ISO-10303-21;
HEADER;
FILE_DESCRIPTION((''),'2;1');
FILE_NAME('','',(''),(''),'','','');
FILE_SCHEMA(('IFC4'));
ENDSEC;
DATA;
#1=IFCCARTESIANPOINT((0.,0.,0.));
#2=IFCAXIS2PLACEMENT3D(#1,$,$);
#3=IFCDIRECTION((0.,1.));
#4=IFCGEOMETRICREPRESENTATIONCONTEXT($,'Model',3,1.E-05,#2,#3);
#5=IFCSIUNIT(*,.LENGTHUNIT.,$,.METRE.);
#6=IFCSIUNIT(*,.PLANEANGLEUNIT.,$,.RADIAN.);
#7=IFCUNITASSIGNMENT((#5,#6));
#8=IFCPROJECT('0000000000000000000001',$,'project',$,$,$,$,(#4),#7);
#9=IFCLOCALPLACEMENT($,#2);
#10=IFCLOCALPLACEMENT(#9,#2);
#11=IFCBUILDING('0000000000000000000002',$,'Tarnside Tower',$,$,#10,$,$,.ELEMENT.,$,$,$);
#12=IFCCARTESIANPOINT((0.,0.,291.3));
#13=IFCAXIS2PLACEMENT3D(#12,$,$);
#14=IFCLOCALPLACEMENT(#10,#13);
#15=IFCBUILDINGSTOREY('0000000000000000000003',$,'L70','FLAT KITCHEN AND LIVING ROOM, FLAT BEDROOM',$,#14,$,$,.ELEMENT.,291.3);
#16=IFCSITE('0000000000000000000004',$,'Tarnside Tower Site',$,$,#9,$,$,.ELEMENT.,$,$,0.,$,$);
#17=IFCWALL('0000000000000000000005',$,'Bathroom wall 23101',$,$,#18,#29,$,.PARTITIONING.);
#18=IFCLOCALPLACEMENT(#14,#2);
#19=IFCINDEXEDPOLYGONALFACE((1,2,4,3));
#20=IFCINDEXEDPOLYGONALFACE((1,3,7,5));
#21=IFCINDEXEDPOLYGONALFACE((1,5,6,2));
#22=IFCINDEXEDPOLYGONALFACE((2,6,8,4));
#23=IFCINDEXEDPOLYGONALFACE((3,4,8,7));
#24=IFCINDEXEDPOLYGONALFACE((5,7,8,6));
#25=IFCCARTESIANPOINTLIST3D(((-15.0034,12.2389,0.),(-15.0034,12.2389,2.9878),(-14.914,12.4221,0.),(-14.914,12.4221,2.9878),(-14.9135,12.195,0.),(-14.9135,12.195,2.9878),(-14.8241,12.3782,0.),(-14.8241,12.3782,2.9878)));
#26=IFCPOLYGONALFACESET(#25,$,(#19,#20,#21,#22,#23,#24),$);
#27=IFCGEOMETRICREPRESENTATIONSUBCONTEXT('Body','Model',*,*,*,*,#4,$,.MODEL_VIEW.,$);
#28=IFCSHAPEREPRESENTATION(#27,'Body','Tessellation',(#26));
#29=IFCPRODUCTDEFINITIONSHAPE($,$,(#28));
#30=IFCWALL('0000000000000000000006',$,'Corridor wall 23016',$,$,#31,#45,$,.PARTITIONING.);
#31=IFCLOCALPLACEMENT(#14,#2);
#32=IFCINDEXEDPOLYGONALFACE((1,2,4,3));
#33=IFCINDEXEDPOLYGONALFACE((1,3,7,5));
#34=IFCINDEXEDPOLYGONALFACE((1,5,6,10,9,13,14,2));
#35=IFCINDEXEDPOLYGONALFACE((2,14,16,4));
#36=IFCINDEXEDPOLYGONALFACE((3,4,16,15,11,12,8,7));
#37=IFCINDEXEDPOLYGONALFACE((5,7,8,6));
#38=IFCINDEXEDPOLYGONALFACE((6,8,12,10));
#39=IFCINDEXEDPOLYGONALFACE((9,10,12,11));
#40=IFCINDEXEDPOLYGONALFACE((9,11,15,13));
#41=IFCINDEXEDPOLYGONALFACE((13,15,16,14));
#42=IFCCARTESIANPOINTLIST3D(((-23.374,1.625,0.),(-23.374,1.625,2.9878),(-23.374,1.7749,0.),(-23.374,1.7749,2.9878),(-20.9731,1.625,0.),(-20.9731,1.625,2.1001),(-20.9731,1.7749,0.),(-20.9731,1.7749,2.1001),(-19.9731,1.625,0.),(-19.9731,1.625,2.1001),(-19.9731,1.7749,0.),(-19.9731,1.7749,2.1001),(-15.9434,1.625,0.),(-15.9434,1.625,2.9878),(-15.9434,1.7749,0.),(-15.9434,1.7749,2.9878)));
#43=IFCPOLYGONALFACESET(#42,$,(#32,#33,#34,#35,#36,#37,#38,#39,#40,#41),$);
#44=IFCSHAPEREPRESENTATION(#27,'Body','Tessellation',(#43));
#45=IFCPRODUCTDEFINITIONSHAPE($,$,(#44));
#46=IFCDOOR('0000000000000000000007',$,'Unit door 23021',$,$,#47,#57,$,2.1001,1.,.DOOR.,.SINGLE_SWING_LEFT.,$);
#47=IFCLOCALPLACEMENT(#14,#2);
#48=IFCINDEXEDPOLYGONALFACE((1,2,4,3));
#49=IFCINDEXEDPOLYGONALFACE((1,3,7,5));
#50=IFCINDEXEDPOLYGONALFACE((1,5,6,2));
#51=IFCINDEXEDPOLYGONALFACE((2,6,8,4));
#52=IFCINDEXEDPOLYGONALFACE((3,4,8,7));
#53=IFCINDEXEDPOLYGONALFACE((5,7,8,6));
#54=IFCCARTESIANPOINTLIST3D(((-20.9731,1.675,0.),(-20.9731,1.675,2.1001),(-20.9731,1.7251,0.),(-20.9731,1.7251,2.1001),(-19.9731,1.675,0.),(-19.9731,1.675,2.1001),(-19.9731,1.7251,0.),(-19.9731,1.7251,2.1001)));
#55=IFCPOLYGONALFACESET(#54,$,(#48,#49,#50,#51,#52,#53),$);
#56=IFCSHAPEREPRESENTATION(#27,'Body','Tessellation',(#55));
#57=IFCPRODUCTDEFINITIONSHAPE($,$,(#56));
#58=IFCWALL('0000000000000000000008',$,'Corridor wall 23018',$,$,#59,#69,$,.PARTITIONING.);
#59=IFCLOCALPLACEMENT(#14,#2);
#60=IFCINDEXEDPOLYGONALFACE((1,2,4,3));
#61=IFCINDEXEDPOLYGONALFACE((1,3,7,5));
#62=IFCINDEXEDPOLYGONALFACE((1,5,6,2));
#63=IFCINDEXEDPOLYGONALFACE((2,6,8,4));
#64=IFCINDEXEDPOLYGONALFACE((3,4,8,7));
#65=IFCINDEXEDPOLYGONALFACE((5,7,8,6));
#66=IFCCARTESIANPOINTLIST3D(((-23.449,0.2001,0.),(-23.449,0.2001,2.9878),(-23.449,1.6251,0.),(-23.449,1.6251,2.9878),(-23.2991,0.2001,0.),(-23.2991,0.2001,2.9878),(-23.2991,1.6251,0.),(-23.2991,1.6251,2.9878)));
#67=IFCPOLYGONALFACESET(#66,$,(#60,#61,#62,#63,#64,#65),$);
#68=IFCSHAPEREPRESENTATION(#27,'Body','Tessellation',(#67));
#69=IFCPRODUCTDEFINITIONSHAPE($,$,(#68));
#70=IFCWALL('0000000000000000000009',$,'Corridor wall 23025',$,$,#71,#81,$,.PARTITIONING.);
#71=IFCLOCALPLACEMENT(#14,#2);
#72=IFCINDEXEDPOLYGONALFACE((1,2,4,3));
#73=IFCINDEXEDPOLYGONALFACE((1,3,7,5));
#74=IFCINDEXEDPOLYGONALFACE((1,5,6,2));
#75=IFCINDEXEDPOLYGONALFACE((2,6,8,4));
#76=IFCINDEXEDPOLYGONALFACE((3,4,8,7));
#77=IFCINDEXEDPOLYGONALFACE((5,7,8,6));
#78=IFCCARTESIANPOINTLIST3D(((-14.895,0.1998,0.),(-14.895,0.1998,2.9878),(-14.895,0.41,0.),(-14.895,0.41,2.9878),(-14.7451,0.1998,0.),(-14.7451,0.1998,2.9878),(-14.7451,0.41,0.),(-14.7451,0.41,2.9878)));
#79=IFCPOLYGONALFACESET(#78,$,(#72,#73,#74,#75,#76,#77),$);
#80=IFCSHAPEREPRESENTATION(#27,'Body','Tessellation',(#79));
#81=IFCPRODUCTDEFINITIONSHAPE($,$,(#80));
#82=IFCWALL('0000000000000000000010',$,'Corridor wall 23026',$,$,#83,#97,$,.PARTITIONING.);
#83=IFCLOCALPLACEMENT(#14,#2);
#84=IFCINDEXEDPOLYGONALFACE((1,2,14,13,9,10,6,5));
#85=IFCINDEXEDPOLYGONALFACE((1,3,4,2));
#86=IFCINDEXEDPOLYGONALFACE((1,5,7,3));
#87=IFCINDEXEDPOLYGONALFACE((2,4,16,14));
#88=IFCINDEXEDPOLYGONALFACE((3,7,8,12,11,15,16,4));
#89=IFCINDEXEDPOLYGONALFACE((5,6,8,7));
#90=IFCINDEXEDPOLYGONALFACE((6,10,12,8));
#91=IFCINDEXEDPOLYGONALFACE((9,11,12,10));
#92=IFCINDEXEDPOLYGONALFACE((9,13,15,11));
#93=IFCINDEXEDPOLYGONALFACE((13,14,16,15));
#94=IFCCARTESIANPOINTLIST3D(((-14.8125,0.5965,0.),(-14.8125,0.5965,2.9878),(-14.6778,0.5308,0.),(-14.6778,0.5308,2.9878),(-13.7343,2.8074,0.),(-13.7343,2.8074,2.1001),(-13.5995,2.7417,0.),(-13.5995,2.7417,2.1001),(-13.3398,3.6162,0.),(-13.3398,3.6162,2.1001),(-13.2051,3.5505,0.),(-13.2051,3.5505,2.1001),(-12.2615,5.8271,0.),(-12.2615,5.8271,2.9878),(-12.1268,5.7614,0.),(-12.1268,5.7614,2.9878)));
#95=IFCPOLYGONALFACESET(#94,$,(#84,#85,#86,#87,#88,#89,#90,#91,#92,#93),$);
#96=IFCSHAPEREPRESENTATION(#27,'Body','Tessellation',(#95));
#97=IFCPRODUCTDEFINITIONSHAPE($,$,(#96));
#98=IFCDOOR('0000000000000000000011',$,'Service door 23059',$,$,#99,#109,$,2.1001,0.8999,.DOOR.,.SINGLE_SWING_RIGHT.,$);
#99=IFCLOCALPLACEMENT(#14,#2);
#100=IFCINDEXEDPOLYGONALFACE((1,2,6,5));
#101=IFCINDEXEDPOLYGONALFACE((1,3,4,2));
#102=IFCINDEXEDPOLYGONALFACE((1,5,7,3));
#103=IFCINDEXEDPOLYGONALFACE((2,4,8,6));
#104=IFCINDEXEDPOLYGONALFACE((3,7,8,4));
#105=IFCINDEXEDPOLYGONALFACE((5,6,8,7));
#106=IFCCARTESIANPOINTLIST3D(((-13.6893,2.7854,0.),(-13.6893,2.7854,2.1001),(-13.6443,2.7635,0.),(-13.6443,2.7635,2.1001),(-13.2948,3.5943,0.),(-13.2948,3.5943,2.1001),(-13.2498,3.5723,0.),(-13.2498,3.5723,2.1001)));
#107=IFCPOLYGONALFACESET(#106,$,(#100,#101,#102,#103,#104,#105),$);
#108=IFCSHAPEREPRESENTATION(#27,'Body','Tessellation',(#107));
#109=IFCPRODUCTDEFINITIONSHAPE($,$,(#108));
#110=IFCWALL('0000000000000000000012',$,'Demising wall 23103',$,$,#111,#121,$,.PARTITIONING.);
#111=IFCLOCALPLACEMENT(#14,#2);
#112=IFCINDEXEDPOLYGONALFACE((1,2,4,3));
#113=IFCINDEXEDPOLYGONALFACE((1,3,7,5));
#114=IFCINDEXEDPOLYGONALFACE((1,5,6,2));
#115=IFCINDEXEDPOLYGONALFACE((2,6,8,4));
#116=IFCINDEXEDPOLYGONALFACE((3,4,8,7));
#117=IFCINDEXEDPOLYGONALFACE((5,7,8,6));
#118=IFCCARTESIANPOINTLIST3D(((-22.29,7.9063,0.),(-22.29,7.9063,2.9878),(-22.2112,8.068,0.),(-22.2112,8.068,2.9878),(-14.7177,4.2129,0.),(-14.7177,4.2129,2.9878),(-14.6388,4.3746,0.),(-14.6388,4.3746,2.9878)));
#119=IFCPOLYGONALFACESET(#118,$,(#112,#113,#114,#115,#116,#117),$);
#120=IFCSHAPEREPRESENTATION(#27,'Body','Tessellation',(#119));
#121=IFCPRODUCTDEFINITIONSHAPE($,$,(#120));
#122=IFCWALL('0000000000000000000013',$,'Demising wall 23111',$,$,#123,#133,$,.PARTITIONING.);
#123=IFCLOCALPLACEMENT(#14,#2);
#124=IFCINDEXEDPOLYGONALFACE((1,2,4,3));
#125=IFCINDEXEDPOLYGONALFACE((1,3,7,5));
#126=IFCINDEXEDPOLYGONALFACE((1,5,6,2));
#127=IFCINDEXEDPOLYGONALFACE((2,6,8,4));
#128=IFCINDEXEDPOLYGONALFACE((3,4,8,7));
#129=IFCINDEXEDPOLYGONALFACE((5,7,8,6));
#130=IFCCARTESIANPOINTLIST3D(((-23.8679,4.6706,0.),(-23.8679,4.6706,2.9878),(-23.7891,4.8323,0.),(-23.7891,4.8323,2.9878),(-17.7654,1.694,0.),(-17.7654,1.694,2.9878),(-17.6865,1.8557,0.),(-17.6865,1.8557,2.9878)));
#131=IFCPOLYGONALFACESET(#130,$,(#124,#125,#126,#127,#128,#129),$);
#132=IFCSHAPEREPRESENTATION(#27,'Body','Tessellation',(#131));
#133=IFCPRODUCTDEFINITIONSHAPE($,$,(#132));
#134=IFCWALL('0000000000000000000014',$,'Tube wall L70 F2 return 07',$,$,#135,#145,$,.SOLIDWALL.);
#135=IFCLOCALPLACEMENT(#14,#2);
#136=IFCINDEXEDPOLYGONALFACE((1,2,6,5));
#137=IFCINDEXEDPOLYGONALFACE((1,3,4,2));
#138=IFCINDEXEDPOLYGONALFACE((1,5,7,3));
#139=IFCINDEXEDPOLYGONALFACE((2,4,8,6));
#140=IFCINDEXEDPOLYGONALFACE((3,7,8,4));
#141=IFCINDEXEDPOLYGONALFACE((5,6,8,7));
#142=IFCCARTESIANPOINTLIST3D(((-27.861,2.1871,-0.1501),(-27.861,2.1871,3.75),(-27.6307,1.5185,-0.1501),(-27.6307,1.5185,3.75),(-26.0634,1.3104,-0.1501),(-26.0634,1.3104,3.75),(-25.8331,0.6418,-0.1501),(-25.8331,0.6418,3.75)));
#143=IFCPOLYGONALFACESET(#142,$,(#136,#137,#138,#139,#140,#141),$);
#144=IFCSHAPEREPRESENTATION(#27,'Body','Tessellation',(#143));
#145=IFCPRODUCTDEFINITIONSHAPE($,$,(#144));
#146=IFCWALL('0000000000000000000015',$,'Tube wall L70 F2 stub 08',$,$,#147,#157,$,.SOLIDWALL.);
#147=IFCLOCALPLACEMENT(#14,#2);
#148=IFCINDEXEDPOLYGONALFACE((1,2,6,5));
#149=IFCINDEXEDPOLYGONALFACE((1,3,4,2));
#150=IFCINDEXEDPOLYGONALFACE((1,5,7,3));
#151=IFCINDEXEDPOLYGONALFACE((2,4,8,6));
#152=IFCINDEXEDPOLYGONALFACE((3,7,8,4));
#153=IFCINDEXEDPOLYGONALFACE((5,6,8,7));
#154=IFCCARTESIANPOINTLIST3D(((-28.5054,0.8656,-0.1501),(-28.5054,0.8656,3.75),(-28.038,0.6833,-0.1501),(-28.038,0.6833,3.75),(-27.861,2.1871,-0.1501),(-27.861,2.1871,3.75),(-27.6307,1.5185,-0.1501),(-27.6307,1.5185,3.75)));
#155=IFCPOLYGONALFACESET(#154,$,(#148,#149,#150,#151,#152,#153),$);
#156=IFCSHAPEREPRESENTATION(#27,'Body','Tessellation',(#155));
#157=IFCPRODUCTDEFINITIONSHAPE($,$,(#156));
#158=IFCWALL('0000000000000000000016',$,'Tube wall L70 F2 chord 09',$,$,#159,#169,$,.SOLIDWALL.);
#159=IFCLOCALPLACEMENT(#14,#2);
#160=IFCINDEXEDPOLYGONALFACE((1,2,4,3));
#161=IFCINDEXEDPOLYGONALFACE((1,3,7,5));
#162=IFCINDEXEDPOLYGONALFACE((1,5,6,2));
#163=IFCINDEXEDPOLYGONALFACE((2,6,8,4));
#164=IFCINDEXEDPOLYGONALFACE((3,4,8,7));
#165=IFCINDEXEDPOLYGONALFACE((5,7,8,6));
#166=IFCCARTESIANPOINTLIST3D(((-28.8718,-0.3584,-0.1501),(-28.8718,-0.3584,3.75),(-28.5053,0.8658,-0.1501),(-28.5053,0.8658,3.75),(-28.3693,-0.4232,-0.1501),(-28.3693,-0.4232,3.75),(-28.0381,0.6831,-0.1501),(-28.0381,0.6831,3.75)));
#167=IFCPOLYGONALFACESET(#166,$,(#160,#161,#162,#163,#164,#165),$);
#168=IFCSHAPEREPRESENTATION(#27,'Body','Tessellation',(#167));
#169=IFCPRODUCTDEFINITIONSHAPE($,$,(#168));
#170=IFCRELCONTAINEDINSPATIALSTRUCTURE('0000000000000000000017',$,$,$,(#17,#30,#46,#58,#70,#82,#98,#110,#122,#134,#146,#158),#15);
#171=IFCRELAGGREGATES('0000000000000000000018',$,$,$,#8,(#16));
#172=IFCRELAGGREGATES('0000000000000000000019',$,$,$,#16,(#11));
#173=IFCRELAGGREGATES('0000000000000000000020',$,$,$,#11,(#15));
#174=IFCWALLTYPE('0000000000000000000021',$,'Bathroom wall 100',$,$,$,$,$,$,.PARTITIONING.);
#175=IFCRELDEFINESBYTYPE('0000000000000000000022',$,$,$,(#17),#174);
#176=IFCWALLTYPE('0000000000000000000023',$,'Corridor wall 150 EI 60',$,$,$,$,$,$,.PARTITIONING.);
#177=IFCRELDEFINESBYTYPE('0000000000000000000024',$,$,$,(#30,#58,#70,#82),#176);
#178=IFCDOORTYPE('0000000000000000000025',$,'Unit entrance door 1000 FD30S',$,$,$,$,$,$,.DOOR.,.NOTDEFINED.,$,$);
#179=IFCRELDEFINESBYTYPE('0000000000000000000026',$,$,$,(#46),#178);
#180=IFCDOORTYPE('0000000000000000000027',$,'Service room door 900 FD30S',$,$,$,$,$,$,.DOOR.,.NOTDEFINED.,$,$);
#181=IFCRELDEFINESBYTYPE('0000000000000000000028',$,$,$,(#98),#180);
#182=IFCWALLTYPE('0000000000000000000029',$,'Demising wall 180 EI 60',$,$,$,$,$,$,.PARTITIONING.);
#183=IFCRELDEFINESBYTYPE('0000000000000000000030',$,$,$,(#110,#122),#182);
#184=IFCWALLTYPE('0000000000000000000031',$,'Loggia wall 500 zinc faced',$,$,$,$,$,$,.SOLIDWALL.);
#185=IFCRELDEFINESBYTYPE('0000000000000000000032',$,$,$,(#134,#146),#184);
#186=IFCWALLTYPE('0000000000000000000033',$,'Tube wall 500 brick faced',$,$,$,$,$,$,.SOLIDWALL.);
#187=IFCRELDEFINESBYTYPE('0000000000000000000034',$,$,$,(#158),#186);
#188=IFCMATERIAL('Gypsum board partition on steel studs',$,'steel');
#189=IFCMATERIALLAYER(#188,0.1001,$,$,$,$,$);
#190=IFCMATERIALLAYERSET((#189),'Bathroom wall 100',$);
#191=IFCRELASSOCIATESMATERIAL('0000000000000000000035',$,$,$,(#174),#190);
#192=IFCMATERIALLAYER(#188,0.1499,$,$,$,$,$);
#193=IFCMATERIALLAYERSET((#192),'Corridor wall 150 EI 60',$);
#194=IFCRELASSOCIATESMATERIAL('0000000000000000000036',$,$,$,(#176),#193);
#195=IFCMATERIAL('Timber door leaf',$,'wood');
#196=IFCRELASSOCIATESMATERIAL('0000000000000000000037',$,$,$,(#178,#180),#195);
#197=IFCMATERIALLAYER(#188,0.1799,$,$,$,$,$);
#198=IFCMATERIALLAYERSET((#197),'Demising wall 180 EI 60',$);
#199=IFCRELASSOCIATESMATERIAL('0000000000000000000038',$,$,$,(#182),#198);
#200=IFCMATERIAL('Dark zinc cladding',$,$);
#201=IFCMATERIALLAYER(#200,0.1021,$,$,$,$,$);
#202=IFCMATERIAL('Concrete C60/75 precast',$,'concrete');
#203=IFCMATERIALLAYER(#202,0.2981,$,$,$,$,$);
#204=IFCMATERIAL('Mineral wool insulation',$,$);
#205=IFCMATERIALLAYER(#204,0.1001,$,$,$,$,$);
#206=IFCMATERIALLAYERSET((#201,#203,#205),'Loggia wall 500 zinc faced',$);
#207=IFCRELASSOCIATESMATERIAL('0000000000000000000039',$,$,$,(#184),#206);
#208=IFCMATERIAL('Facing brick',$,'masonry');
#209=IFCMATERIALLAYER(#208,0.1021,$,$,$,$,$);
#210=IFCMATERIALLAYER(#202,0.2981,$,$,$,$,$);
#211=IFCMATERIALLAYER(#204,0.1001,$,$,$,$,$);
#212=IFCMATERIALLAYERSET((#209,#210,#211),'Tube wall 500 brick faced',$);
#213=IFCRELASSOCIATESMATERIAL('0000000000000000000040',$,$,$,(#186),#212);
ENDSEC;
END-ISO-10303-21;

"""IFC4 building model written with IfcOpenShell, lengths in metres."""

from ifc_helpers import new_model, si_unit, direction, frame, frame_2d, origin, place, context, subcontext, project, spatial, polyline, rectangle, outline, extrude, material, layer, layer_set, type_object, element, fill, save


model = new_model("IFC4")

# Units and contexts
model_context = context("Model", 3, precision=1e-05, world=origin(), true_north=direction((0.0, 1.0)))
body_context = subcontext(model_context, "Body", "Model", "MODEL_VIEW")
ifc_project = project(units=[si_unit("LENGTHUNIT", "METRE"), si_unit("PLANEANGLEUNIT", "RADIAN")], contexts=[model_context])

# Site, building, storey
site_placement = place(None, origin())
site = spatial("IfcSite", under=ifc_project, at=site_placement, Name="Tarnside Tower Site", CompositionType="ELEMENT", RefElevation=0.0)
building_placement = place(site_placement, origin())
building = spatial("IfcBuilding", under=site, at=building_placement, Name="Tarnside Tower", CompositionType="ELEMENT")
storey_placement = place(building_placement, frame((0.0, 0.0, 291.3)))
storey = spatial("IfcBuildingStorey", under=building, at=storey_placement, Name="L70", Description="FLAT KITCHEN AND LIVING ROOM, FLAT BEDROOM", CompositionType="ELEMENT", Elevation=291.3)

# Wall
ifc_material_1 = material(Name="Gypsum board partition on steel studs", Category="steel")
ifc_layer_1 = layer(ifc_material_1, 0.1001)
ifc_layer_set_1 = layer_set([ifc_layer_1], Name="Bathroom wall 100")
wall_type_1 = type_object("IfcWallType", Name="Bathroom wall 100", PredefinedType="PARTITIONING", material=ifc_layer_set_1)
wall_1_placement = place(storey_placement, frame((-14.9585, 12.2168, 0.0), z_axis=(0.0, 0.0, 1.0), x_axis=(0.438565, 0.898699, 0.0)))
element("IfcWall", 1, at=wall_1_placement, inside=storey, type_object=wall_type_1, Name="Bathroom wall 23101", PredefinedType="PARTITIONING", context=body_context, shape_type="SweptSolid", body=[
    extrude(rectangle(XDim=0.2039, YDim=0.1001, at=frame_2d((0.1021, 0.0))), origin(), (0.0, 0.0, 1.0), 2.9878),
])

# Wall, opening, door
ifc_layer_2 = layer(ifc_material_1, 0.1499)
ifc_layer_set_2 = layer_set([ifc_layer_2], Name="Corridor wall 150 EI 60")
wall_type_2 = type_object("IfcWallType", Name="Corridor wall 150 EI 60", PredefinedType="PARTITIONING", material=ifc_layer_set_2)
wall_2_placement = place(storey_placement, frame((-15.9434, 1.7, 0.0), z_axis=(0.0, 0.0, 1.0), x_axis=(-1.0, 0.0, 0.0)))
wall_2 = element("IfcWall", 2, at=wall_2_placement, inside=storey, type_object=wall_type_2, Name="Corridor wall 23016", PredefinedType="PARTITIONING", context=body_context, shape_type="SweptSolid", body=[
    extrude(rectangle(XDim=7.4307, YDim=0.1499, at=frame_2d((3.7153, 0.0))), origin(), (0.0, 0.0, 1.0), 2.9878),
])
opening_1_placement = place(wall_2_placement, frame((4.0298, 0.0, 0.0)))
opening_1 = element("IfcOpeningElement", 3, at=opening_1_placement, cuts=wall_2, PredefinedType="OPENING", context=body_context, shape_type="SweptSolid", body=[
    extrude(rectangle(XDim=1.0, YDim=2.1001, at=frame_2d((0.5, 1.05))), frame((0.0, 0.085, 0.0), z_axis=(0.0, -1.0, 0.0), x_axis=(1.0, 0.0, 0.0)), (0.0, 0.0, 1.0), 0.1699),
])
ifc_material_2 = material(Name="Timber door leaf", Category="wood")
door_type_1 = type_object("IfcDoorType", Name="Unit entrance door 1000 FD30S", OperationType="NOTDEFINED", PredefinedType="DOOR", material=ifc_material_2)
door_1_placement = place(opening_1_placement, origin())
door_1 = element("IfcDoor", 4, at=door_1_placement, inside=storey, type_object=door_type_1, Name="Unit door 23021", OperationType="SINGLE_SWING_LEFT", OverallHeight=2.1001, OverallWidth=1.0, PredefinedType="DOOR", context=body_context, shape_type="SweptSolid", body=[
    extrude(rectangle(XDim=1.0, YDim=2.1001, at=frame_2d((0.5, 1.05))), frame((0.0, 0.0249, 0.0), z_axis=(0.0, -1.0, 0.0), x_axis=(1.0, 0.0, 0.0)), (0.0, 0.0, 1.0), 0.05),
])
fill(opening_1, door_1)

# Walls
wall_3_placement = place(storey_placement, frame((-23.374, 1.625, 0.0), z_axis=(0.0, 0.0, 1.0), x_axis=(0.0, -1.0, 0.0)))
element("IfcWall", 5, at=wall_3_placement, inside=storey, type_object=wall_type_2, Name="Corridor wall 23018", PredefinedType="PARTITIONING", context=body_context, shape_type="SweptSolid", body=[
    extrude(rectangle(XDim=1.425, YDim=0.1499, at=frame_2d((0.7124, 0.0))), origin(), (0.0, 0.0, 1.0), 2.9878),
])
wall_4_placement = place(storey_placement, frame((-14.8201, 0.2, 0.0), z_axis=(0.0, 0.0, 1.0), x_axis=(0.0, 1.0, 0.0)))
element("IfcWall", 6, at=wall_4_placement, inside=storey, type_object=wall_type_2, Name="Corridor wall 23025", PredefinedType="PARTITIONING", context=body_context, shape_type="SweptSolid", body=[
    extrude(rectangle(XDim=0.2102, YDim=0.1499, at=frame_2d((0.105, 0.0))), origin(), (0.0, 0.0, 1.0), 2.9878),
])

# Wall, opening, door
wall_5_placement = place(storey_placement, frame((-14.7451, 0.5637, 0.0), z_axis=(0.0, 0.0, 1.0), x_axis=(0.438348, 0.898805, 0.0)))
wall_5 = element("IfcWall", 7, at=wall_5_placement, inside=storey, type_object=wall_type_2, Name="Corridor wall 23026", PredefinedType="PARTITIONING", context=body_context, shape_type="SweptSolid", body=[
    extrude(rectangle(XDim=5.8196, YDim=0.1499, at=frame_2d((2.9097, 0.0))), origin(), (0.0, 0.0, 1.0), 2.9878),
])
opening_2_placement = place(wall_5_placement, frame((2.4597, 0.0, 0.0)))
opening_2 = element("IfcOpeningElement", 8, at=opening_2_placement, cuts=wall_5, PredefinedType="OPENING", context=body_context, shape_type="SweptSolid", body=[
    extrude(rectangle(XDim=0.8999, YDim=2.1001, at=frame_2d((0.45, 1.05))), frame((0.0, 0.085, 0.0), z_axis=(0.0, -1.0, 0.0), x_axis=(1.0, 0.0, 0.0)), (0.0, 0.0, 1.0), 0.1699),
])
door_type_2 = type_object("IfcDoorType", Name="Service room door 900 FD30S", OperationType="NOTDEFINED", PredefinedType="DOOR", material=ifc_material_2)
door_2_placement = place(opening_2_placement, origin())
door_2 = element("IfcDoor", 9, at=door_2_placement, inside=storey, type_object=door_type_2, Name="Service door 23059", OperationType="SINGLE_SWING_RIGHT", OverallHeight=2.1001, OverallWidth=0.8999, PredefinedType="DOOR", context=body_context, shape_type="SweptSolid", body=[
    extrude(rectangle(XDim=0.8999, YDim=2.1001, at=frame_2d((0.45, 1.05))), frame((0.0, 0.0249, 0.0), z_axis=(0.0, -1.0, 0.0), x_axis=(1.0, 0.0, 0.0)), (0.0, 0.0, 1.0), 0.05),
])
fill(opening_2, door_2)

# Walls
ifc_layer_3 = layer(ifc_material_1, 0.1799)
ifc_layer_set_3 = layer_set([ifc_layer_3], Name="Demising wall 180 EI 60")
wall_type_3 = type_object("IfcWallType", Name="Demising wall 180 EI 60", PredefinedType="PARTITIONING", material=ifc_layer_set_3)
wall_6_placement = place(storey_placement, frame((-22.2505, 7.9871, 0.0), z_axis=(0.0, 0.0, 1.0), x_axis=(0.898788, -0.438383, 0.0)))
element("IfcWall", 10, at=wall_6_placement, inside=storey, type_object=wall_type_3, Name="Demising wall 23103", PredefinedType="PARTITIONING", context=body_context, shape_type="SweptSolid", body=[
    extrude(rectangle(XDim=8.425, YDim=0.1799, at=frame_2d((4.2124, 0.0))), origin(), (0.0, 0.0, 1.0), 2.9878),
])
wall_7_placement = place(storey_placement, frame((-23.8286, 4.7515, 0.0), z_axis=(0.0, 0.0, 1.0), x_axis=(0.898785, -0.43839, 0.0)))
element("IfcWall", 11, at=wall_7_placement, inside=storey, type_object=wall_type_3, Name="Demising wall 23111", PredefinedType="PARTITIONING", context=body_context, shape_type="SweptSolid", body=[
    extrude(rectangle(XDim=6.7898, YDim=0.1799, at=frame_2d((3.395, 0.0))), origin(), (0.0, 0.0, 1.0), 2.9878),
])
ifc_material_3 = material(Name="Dark zinc cladding")
ifc_layer_4 = layer(ifc_material_3, 0.1021)
ifc_material_4 = material(Name="Concrete C60/75 precast", Category="concrete")
ifc_layer_5 = layer(ifc_material_4, 0.2981)
ifc_material_5 = material(Name="Mineral wool insulation")
ifc_layer_6 = layer(ifc_material_5, 0.1001)
ifc_layer_set_4 = layer_set([ifc_layer_4, ifc_layer_5, ifc_layer_6], Name="Loggia wall 500 zinc faced")
wall_type_4 = type_object("IfcWallType", Name="Loggia wall 500 zinc faced", PredefinedType="SOLIDWALL", material=ifc_layer_set_4)
wall_8_placement = place(storey_placement, frame((-25.9482, 0.9761, -0.1501), z_axis=(0.0, 0.0, 1.0), x_axis=(-0.898802, 0.438354, 0.0)))
element("IfcWall", 12, at=wall_8_placement, inside=storey, type_object=wall_type_4, Name="Tube wall L70 F2 return 07", PredefinedType="SOLIDWALL", context=body_context, shape_type="SweptSolid", body=[
    extrude(outline(polyline([(0.25, -0.25), (2.25, -0.25), (1.75, 0.25), (-0.25, 0.25), (0.25, -0.25)])), origin(), (0.0, 0.0, 1.0), 3.9001),
])
wall_9_placement = place(storey_placement, frame((-27.7458, 1.8528, -0.1501), z_axis=(0.0, 0.0, 1.0), x_axis=(-0.438319, -0.898819, 0.0)))
element("IfcWall", 13, at=wall_9_placement, inside=storey, type_object=wall_type_4, Name="Tube wall L70 F2 stub 08", PredefinedType="SOLIDWALL", context=body_context, shape_type="SweptSolid", body=[
    extrude(outline(polyline([(-0.25, -0.25), (1.2202, -0.25), (1.1792, 0.25), (0.25, 0.25), (-0.25, -0.25)])), origin(), (0.0, 0.0, 1.0), 3.9001),
])
ifc_material_6 = material(Name="Facing brick", Category="masonry")
ifc_layer_7 = layer(ifc_material_6, 0.1021)
ifc_layer_8 = layer(ifc_material_4, 0.2981)
ifc_layer_9 = layer(ifc_material_5, 0.1001)
ifc_layer_set_5 = layer_set([ifc_layer_7, ifc_layer_8, ifc_layer_9], Name="Tube wall 500 brick faced")
wall_type_5 = type_object("IfcWallType", Name="Tube wall 500 brick faced", PredefinedType="SOLIDWALL", material=ifc_layer_set_5)
wall_10_placement = place(storey_placement, frame((-28.2717, 0.7744, -0.1501), z_axis=(0.0, 0.0, 1.0), x_axis=(-0.286814, -0.957986, 0.0)))
element("IfcWall", 14, at=wall_10_placement, inside=storey, type_object=wall_type_5, Name="Tube wall L70 F2 chord 09", PredefinedType="SOLIDWALL", context=body_context, shape_type="SweptSolid", body=[
    extrude(outline(polyline([(-0.0205, -0.25), (1.2573, -0.25), (1.1753, 0.25), (0.0205, 0.25), (-0.0205, -0.25)])), origin(), (0.0, 0.0, 1.0), 3.9001),
])

save(model, "model.ifc")
